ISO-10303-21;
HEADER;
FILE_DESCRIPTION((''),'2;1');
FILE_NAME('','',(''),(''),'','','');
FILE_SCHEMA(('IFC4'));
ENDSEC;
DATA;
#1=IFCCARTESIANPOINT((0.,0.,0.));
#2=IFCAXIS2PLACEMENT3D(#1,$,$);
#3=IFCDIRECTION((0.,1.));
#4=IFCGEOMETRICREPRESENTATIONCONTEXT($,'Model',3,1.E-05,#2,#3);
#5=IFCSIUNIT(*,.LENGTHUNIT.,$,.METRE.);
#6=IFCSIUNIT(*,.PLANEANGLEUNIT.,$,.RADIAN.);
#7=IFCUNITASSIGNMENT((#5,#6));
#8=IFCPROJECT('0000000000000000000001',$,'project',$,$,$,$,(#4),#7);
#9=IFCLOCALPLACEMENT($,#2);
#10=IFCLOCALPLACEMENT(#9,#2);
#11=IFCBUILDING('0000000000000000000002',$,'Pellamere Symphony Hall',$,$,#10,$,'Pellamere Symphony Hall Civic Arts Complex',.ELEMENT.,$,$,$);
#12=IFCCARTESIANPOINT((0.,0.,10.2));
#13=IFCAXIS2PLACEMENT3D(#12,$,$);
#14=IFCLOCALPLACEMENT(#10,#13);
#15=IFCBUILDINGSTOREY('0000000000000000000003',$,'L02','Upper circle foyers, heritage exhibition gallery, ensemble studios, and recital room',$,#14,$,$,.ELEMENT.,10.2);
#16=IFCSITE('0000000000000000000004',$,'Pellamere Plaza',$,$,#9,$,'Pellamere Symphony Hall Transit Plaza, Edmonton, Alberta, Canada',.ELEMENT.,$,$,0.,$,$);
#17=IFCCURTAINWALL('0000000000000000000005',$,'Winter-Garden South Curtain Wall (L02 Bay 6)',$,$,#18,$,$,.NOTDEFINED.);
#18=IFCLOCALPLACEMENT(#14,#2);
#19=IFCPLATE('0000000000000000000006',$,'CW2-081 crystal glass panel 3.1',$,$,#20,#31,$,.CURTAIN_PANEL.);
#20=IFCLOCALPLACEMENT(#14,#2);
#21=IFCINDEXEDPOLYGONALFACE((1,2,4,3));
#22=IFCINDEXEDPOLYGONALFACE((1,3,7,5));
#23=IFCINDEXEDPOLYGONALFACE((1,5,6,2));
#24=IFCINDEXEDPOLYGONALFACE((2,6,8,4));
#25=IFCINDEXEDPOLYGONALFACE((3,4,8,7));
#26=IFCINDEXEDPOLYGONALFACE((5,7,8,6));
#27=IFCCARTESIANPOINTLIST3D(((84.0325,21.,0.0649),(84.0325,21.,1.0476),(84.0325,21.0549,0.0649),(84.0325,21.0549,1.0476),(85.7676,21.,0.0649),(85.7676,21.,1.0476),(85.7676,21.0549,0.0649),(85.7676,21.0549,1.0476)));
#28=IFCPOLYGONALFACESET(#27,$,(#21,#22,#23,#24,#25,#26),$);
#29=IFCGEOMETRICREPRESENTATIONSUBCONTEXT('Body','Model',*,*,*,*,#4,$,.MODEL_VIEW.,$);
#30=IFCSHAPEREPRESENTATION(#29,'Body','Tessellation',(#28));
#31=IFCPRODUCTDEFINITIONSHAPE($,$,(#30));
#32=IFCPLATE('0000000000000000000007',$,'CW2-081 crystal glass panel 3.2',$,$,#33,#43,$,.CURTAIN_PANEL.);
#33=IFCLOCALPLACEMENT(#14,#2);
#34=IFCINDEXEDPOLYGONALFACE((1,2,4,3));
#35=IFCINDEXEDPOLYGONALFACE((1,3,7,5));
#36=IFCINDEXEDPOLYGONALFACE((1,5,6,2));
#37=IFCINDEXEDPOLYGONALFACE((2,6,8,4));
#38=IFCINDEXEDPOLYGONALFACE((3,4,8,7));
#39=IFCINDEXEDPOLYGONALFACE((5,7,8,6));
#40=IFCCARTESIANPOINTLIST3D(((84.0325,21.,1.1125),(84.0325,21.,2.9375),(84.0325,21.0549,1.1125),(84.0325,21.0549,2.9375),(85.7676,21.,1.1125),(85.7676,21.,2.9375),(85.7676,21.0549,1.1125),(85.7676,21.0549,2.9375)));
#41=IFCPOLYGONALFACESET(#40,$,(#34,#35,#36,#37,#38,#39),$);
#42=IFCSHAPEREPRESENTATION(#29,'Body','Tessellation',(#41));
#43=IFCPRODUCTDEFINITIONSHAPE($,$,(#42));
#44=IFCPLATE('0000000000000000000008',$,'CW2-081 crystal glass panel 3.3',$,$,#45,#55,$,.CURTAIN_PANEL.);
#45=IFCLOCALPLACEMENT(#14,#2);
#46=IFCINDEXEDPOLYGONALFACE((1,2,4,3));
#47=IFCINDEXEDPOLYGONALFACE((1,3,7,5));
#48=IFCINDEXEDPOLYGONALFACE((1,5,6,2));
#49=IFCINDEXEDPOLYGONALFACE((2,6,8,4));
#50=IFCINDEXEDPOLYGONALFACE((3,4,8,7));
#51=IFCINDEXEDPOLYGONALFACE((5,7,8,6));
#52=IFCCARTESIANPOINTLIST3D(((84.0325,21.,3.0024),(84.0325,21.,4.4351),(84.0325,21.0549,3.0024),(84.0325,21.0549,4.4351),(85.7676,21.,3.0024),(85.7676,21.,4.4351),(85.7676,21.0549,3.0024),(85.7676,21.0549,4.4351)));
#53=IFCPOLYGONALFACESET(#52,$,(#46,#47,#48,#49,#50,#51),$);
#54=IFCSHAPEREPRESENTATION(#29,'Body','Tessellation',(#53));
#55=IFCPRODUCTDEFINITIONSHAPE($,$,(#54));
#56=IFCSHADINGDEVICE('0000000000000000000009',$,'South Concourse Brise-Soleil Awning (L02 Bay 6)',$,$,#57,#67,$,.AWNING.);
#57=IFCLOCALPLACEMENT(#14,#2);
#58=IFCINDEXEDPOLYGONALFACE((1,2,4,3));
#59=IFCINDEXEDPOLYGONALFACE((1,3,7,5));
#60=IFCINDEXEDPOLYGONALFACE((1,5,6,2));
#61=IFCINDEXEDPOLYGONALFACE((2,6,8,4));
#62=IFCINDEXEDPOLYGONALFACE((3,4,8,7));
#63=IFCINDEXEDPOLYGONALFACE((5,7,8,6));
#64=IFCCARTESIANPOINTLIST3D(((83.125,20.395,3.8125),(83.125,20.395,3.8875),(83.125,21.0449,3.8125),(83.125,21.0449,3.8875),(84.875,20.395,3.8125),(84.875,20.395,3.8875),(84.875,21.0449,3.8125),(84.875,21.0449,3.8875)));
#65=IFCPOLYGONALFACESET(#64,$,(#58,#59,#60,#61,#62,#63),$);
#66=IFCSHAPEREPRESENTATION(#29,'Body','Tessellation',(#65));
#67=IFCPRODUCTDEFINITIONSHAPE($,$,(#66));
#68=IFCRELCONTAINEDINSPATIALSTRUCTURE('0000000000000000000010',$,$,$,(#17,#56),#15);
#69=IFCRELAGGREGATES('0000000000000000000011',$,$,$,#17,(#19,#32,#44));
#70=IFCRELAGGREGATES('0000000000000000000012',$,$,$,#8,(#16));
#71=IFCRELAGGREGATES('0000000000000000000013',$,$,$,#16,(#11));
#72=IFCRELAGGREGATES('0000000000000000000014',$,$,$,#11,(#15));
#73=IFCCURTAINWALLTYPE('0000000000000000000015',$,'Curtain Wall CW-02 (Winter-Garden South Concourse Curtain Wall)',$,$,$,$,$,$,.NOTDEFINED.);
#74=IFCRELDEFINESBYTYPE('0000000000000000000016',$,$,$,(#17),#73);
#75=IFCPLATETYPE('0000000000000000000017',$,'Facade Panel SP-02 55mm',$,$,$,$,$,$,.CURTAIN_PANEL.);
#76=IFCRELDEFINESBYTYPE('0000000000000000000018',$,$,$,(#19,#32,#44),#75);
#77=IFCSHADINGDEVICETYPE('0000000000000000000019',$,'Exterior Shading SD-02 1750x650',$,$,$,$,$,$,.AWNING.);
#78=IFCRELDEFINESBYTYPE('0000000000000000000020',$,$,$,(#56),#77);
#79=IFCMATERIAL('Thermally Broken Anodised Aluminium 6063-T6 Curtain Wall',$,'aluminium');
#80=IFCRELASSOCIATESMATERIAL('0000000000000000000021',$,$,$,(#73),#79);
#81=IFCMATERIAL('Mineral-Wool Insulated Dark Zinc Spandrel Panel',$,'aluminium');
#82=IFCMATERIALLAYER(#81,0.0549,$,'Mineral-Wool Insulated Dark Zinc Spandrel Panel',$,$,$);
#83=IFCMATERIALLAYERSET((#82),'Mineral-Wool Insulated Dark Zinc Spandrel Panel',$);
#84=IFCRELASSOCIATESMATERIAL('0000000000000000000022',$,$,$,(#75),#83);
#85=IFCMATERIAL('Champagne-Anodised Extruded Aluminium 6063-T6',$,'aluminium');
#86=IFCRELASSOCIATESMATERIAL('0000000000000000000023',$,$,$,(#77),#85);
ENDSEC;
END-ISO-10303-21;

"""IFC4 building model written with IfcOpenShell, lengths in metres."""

from ifc_helpers import new_model, si_unit, direction, frame, origin, origin_2d, place, context, subcontext, project, spatial, polyline, rectangle, outline, extrude, material, layer, layer_set, type_object, element, aggregate, save


model = new_model("IFC4")

# Units and contexts
model_context = context("Model", 3, precision=1e-05, world=origin(), true_north=direction((0.0, 1.0)))
body_context = subcontext(model_context, "Body", "Model", "MODEL_VIEW")
ifc_project = project(units=[si_unit("LENGTHUNIT", "METRE"), si_unit("PLANEANGLEUNIT", "RADIAN")], contexts=[model_context])

# Site, building, storey
site_placement = place(None, origin())
site = spatial("IfcSite", under=ifc_project, at=site_placement, Name="Pellamere Plaza", LongName="Pellamere Symphony Hall Transit Plaza, Edmonton, Alberta, Canada", CompositionType="ELEMENT", RefElevation=0.0)
building_placement = place(site_placement, origin())
building = spatial("IfcBuilding", under=site, at=building_placement, Name="Pellamere Symphony Hall", LongName="Pellamere Symphony Hall Civic Arts Complex", CompositionType="ELEMENT")
storey_placement = place(building_placement, frame((0.0, 0.0, 10.2)))
storey = spatial("IfcBuildingStorey", under=building, at=storey_placement, Name="L02", Description="Upper circle foyers, heritage exhibition gallery, ensemble studios, and recital room", CompositionType="ELEMENT", Elevation=10.2)

# Curtain wall
ifc_material_1 = material(Name="Thermally Broken Anodised Aluminium 6063-T6 Curtain Wall", Category="aluminium")
curtain_wall_type = type_object("IfcCurtainWallType", Name="Curtain Wall CW-02 (Winter-Garden South Concourse Curtain Wall)", PredefinedType="NOTDEFINED", material=ifc_material_1)
curtain_wall_1_placement = place(storey_placement, origin())
curtain_wall_1 = element("IfcCurtainWall", 1, at=curtain_wall_1_placement, inside=storey, type_object=curtain_wall_type, Name="Winter-Garden South Curtain Wall (L02 Bay 6)", PredefinedType="NOTDEFINED")

# Plates
ifc_material_2 = material(Name="Mineral-Wool Insulated Dark Zinc Spandrel Panel", Category="aluminium")
ifc_layer_1 = layer(ifc_material_2, 0.0549, Name="Mineral-Wool Insulated Dark Zinc Spandrel Panel")
ifc_layer_set_1 = layer_set([ifc_layer_1], Name="Mineral-Wool Insulated Dark Zinc Spandrel Panel")
plate_type_1 = type_object("IfcPlateType", Name="Facade Panel SP-02 55mm", PredefinedType="CURTAIN_PANEL", material=ifc_layer_set_1)
plate_1_placement = place(storey_placement, frame((84.0325, 21.0, 0.0649), z_axis=(0.0, -1.0, 0.0), x_axis=(1.0, 0.0, 0.0)))
plate_1 = element("IfcPlate", 2, at=plate_1_placement, type_object=plate_type_1, Name="CW2-081 crystal glass panel 3.1", PredefinedType="CURTAIN_PANEL", context=body_context, shape_type="SweptSolid", body=[
    extrude(outline(polyline([(0.0, 0.0), (1.7351, 0.0), (1.7351, 0.9827), (0.0, 0.9827), (0.0, 0.0)])), origin(), (0.0, 0.0, -1.0), 0.0549),
])
plate_2_placement = place(storey_placement, frame((84.0325, 21.0, 1.1125), z_axis=(0.0, -1.0, 0.0), x_axis=(1.0, 0.0, 0.0)))
plate_2 = element("IfcPlate", 3, at=plate_2_placement, type_object=plate_type_1, Name="CW2-081 crystal glass panel 3.2", PredefinedType="CURTAIN_PANEL", context=body_context, shape_type="SweptSolid", body=[
    extrude(outline(polyline([(0.0, 0.0), (1.7351, 0.0), (1.7351, 1.825), (0.0, 1.825), (0.0, 0.0)])), origin(), (0.0, 0.0, -1.0), 0.0549),
])
plate_3_placement = place(storey_placement, frame((84.0325, 21.0, 3.0024), z_axis=(0.0, -1.0, 0.0), x_axis=(1.0, 0.0, 0.0)))
plate_3 = element("IfcPlate", 4, at=plate_3_placement, type_object=plate_type_1, Name="CW2-081 crystal glass panel 3.3", PredefinedType="CURTAIN_PANEL", context=body_context, shape_type="SweptSolid", body=[
    extrude(outline(polyline([(0.0, 0.0), (1.7351, 0.0), (1.7351, 1.4326), (0.0, 1.4326), (0.0, 0.0)])), origin(), (0.0, 0.0, -1.0), 0.0549),
])
aggregate(curtain_wall_1, [plate_1, plate_2, plate_3])

# Shading device
ifc_material_3 = material(Name="Champagne-Anodised Extruded Aluminium 6063-T6", Category="aluminium")
shading_device_type = type_object("IfcShadingDeviceType", Name="Exterior Shading SD-02 1750x650", PredefinedType="AWNING", material=ifc_material_3)
shading_device_placement = place(storey_placement, frame((84.0, 20.72, 3.8125), z_axis=(0.0, 0.0, 1.0), x_axis=(1.0, 0.0, 0.0)))
element("IfcShadingDevice", 5, at=shading_device_placement, inside=storey, type_object=shading_device_type, Name="South Concourse Brise-Soleil Awning (L02 Bay 6)", PredefinedType="AWNING", context=body_context, shape_type="SweptSolid", body=[
    extrude(rectangle(XDim=1.75, YDim=0.6499, at=origin_2d()), origin(), (0.0, 0.0, 1.0), 0.075),
])

save(model, "model.ifc")
